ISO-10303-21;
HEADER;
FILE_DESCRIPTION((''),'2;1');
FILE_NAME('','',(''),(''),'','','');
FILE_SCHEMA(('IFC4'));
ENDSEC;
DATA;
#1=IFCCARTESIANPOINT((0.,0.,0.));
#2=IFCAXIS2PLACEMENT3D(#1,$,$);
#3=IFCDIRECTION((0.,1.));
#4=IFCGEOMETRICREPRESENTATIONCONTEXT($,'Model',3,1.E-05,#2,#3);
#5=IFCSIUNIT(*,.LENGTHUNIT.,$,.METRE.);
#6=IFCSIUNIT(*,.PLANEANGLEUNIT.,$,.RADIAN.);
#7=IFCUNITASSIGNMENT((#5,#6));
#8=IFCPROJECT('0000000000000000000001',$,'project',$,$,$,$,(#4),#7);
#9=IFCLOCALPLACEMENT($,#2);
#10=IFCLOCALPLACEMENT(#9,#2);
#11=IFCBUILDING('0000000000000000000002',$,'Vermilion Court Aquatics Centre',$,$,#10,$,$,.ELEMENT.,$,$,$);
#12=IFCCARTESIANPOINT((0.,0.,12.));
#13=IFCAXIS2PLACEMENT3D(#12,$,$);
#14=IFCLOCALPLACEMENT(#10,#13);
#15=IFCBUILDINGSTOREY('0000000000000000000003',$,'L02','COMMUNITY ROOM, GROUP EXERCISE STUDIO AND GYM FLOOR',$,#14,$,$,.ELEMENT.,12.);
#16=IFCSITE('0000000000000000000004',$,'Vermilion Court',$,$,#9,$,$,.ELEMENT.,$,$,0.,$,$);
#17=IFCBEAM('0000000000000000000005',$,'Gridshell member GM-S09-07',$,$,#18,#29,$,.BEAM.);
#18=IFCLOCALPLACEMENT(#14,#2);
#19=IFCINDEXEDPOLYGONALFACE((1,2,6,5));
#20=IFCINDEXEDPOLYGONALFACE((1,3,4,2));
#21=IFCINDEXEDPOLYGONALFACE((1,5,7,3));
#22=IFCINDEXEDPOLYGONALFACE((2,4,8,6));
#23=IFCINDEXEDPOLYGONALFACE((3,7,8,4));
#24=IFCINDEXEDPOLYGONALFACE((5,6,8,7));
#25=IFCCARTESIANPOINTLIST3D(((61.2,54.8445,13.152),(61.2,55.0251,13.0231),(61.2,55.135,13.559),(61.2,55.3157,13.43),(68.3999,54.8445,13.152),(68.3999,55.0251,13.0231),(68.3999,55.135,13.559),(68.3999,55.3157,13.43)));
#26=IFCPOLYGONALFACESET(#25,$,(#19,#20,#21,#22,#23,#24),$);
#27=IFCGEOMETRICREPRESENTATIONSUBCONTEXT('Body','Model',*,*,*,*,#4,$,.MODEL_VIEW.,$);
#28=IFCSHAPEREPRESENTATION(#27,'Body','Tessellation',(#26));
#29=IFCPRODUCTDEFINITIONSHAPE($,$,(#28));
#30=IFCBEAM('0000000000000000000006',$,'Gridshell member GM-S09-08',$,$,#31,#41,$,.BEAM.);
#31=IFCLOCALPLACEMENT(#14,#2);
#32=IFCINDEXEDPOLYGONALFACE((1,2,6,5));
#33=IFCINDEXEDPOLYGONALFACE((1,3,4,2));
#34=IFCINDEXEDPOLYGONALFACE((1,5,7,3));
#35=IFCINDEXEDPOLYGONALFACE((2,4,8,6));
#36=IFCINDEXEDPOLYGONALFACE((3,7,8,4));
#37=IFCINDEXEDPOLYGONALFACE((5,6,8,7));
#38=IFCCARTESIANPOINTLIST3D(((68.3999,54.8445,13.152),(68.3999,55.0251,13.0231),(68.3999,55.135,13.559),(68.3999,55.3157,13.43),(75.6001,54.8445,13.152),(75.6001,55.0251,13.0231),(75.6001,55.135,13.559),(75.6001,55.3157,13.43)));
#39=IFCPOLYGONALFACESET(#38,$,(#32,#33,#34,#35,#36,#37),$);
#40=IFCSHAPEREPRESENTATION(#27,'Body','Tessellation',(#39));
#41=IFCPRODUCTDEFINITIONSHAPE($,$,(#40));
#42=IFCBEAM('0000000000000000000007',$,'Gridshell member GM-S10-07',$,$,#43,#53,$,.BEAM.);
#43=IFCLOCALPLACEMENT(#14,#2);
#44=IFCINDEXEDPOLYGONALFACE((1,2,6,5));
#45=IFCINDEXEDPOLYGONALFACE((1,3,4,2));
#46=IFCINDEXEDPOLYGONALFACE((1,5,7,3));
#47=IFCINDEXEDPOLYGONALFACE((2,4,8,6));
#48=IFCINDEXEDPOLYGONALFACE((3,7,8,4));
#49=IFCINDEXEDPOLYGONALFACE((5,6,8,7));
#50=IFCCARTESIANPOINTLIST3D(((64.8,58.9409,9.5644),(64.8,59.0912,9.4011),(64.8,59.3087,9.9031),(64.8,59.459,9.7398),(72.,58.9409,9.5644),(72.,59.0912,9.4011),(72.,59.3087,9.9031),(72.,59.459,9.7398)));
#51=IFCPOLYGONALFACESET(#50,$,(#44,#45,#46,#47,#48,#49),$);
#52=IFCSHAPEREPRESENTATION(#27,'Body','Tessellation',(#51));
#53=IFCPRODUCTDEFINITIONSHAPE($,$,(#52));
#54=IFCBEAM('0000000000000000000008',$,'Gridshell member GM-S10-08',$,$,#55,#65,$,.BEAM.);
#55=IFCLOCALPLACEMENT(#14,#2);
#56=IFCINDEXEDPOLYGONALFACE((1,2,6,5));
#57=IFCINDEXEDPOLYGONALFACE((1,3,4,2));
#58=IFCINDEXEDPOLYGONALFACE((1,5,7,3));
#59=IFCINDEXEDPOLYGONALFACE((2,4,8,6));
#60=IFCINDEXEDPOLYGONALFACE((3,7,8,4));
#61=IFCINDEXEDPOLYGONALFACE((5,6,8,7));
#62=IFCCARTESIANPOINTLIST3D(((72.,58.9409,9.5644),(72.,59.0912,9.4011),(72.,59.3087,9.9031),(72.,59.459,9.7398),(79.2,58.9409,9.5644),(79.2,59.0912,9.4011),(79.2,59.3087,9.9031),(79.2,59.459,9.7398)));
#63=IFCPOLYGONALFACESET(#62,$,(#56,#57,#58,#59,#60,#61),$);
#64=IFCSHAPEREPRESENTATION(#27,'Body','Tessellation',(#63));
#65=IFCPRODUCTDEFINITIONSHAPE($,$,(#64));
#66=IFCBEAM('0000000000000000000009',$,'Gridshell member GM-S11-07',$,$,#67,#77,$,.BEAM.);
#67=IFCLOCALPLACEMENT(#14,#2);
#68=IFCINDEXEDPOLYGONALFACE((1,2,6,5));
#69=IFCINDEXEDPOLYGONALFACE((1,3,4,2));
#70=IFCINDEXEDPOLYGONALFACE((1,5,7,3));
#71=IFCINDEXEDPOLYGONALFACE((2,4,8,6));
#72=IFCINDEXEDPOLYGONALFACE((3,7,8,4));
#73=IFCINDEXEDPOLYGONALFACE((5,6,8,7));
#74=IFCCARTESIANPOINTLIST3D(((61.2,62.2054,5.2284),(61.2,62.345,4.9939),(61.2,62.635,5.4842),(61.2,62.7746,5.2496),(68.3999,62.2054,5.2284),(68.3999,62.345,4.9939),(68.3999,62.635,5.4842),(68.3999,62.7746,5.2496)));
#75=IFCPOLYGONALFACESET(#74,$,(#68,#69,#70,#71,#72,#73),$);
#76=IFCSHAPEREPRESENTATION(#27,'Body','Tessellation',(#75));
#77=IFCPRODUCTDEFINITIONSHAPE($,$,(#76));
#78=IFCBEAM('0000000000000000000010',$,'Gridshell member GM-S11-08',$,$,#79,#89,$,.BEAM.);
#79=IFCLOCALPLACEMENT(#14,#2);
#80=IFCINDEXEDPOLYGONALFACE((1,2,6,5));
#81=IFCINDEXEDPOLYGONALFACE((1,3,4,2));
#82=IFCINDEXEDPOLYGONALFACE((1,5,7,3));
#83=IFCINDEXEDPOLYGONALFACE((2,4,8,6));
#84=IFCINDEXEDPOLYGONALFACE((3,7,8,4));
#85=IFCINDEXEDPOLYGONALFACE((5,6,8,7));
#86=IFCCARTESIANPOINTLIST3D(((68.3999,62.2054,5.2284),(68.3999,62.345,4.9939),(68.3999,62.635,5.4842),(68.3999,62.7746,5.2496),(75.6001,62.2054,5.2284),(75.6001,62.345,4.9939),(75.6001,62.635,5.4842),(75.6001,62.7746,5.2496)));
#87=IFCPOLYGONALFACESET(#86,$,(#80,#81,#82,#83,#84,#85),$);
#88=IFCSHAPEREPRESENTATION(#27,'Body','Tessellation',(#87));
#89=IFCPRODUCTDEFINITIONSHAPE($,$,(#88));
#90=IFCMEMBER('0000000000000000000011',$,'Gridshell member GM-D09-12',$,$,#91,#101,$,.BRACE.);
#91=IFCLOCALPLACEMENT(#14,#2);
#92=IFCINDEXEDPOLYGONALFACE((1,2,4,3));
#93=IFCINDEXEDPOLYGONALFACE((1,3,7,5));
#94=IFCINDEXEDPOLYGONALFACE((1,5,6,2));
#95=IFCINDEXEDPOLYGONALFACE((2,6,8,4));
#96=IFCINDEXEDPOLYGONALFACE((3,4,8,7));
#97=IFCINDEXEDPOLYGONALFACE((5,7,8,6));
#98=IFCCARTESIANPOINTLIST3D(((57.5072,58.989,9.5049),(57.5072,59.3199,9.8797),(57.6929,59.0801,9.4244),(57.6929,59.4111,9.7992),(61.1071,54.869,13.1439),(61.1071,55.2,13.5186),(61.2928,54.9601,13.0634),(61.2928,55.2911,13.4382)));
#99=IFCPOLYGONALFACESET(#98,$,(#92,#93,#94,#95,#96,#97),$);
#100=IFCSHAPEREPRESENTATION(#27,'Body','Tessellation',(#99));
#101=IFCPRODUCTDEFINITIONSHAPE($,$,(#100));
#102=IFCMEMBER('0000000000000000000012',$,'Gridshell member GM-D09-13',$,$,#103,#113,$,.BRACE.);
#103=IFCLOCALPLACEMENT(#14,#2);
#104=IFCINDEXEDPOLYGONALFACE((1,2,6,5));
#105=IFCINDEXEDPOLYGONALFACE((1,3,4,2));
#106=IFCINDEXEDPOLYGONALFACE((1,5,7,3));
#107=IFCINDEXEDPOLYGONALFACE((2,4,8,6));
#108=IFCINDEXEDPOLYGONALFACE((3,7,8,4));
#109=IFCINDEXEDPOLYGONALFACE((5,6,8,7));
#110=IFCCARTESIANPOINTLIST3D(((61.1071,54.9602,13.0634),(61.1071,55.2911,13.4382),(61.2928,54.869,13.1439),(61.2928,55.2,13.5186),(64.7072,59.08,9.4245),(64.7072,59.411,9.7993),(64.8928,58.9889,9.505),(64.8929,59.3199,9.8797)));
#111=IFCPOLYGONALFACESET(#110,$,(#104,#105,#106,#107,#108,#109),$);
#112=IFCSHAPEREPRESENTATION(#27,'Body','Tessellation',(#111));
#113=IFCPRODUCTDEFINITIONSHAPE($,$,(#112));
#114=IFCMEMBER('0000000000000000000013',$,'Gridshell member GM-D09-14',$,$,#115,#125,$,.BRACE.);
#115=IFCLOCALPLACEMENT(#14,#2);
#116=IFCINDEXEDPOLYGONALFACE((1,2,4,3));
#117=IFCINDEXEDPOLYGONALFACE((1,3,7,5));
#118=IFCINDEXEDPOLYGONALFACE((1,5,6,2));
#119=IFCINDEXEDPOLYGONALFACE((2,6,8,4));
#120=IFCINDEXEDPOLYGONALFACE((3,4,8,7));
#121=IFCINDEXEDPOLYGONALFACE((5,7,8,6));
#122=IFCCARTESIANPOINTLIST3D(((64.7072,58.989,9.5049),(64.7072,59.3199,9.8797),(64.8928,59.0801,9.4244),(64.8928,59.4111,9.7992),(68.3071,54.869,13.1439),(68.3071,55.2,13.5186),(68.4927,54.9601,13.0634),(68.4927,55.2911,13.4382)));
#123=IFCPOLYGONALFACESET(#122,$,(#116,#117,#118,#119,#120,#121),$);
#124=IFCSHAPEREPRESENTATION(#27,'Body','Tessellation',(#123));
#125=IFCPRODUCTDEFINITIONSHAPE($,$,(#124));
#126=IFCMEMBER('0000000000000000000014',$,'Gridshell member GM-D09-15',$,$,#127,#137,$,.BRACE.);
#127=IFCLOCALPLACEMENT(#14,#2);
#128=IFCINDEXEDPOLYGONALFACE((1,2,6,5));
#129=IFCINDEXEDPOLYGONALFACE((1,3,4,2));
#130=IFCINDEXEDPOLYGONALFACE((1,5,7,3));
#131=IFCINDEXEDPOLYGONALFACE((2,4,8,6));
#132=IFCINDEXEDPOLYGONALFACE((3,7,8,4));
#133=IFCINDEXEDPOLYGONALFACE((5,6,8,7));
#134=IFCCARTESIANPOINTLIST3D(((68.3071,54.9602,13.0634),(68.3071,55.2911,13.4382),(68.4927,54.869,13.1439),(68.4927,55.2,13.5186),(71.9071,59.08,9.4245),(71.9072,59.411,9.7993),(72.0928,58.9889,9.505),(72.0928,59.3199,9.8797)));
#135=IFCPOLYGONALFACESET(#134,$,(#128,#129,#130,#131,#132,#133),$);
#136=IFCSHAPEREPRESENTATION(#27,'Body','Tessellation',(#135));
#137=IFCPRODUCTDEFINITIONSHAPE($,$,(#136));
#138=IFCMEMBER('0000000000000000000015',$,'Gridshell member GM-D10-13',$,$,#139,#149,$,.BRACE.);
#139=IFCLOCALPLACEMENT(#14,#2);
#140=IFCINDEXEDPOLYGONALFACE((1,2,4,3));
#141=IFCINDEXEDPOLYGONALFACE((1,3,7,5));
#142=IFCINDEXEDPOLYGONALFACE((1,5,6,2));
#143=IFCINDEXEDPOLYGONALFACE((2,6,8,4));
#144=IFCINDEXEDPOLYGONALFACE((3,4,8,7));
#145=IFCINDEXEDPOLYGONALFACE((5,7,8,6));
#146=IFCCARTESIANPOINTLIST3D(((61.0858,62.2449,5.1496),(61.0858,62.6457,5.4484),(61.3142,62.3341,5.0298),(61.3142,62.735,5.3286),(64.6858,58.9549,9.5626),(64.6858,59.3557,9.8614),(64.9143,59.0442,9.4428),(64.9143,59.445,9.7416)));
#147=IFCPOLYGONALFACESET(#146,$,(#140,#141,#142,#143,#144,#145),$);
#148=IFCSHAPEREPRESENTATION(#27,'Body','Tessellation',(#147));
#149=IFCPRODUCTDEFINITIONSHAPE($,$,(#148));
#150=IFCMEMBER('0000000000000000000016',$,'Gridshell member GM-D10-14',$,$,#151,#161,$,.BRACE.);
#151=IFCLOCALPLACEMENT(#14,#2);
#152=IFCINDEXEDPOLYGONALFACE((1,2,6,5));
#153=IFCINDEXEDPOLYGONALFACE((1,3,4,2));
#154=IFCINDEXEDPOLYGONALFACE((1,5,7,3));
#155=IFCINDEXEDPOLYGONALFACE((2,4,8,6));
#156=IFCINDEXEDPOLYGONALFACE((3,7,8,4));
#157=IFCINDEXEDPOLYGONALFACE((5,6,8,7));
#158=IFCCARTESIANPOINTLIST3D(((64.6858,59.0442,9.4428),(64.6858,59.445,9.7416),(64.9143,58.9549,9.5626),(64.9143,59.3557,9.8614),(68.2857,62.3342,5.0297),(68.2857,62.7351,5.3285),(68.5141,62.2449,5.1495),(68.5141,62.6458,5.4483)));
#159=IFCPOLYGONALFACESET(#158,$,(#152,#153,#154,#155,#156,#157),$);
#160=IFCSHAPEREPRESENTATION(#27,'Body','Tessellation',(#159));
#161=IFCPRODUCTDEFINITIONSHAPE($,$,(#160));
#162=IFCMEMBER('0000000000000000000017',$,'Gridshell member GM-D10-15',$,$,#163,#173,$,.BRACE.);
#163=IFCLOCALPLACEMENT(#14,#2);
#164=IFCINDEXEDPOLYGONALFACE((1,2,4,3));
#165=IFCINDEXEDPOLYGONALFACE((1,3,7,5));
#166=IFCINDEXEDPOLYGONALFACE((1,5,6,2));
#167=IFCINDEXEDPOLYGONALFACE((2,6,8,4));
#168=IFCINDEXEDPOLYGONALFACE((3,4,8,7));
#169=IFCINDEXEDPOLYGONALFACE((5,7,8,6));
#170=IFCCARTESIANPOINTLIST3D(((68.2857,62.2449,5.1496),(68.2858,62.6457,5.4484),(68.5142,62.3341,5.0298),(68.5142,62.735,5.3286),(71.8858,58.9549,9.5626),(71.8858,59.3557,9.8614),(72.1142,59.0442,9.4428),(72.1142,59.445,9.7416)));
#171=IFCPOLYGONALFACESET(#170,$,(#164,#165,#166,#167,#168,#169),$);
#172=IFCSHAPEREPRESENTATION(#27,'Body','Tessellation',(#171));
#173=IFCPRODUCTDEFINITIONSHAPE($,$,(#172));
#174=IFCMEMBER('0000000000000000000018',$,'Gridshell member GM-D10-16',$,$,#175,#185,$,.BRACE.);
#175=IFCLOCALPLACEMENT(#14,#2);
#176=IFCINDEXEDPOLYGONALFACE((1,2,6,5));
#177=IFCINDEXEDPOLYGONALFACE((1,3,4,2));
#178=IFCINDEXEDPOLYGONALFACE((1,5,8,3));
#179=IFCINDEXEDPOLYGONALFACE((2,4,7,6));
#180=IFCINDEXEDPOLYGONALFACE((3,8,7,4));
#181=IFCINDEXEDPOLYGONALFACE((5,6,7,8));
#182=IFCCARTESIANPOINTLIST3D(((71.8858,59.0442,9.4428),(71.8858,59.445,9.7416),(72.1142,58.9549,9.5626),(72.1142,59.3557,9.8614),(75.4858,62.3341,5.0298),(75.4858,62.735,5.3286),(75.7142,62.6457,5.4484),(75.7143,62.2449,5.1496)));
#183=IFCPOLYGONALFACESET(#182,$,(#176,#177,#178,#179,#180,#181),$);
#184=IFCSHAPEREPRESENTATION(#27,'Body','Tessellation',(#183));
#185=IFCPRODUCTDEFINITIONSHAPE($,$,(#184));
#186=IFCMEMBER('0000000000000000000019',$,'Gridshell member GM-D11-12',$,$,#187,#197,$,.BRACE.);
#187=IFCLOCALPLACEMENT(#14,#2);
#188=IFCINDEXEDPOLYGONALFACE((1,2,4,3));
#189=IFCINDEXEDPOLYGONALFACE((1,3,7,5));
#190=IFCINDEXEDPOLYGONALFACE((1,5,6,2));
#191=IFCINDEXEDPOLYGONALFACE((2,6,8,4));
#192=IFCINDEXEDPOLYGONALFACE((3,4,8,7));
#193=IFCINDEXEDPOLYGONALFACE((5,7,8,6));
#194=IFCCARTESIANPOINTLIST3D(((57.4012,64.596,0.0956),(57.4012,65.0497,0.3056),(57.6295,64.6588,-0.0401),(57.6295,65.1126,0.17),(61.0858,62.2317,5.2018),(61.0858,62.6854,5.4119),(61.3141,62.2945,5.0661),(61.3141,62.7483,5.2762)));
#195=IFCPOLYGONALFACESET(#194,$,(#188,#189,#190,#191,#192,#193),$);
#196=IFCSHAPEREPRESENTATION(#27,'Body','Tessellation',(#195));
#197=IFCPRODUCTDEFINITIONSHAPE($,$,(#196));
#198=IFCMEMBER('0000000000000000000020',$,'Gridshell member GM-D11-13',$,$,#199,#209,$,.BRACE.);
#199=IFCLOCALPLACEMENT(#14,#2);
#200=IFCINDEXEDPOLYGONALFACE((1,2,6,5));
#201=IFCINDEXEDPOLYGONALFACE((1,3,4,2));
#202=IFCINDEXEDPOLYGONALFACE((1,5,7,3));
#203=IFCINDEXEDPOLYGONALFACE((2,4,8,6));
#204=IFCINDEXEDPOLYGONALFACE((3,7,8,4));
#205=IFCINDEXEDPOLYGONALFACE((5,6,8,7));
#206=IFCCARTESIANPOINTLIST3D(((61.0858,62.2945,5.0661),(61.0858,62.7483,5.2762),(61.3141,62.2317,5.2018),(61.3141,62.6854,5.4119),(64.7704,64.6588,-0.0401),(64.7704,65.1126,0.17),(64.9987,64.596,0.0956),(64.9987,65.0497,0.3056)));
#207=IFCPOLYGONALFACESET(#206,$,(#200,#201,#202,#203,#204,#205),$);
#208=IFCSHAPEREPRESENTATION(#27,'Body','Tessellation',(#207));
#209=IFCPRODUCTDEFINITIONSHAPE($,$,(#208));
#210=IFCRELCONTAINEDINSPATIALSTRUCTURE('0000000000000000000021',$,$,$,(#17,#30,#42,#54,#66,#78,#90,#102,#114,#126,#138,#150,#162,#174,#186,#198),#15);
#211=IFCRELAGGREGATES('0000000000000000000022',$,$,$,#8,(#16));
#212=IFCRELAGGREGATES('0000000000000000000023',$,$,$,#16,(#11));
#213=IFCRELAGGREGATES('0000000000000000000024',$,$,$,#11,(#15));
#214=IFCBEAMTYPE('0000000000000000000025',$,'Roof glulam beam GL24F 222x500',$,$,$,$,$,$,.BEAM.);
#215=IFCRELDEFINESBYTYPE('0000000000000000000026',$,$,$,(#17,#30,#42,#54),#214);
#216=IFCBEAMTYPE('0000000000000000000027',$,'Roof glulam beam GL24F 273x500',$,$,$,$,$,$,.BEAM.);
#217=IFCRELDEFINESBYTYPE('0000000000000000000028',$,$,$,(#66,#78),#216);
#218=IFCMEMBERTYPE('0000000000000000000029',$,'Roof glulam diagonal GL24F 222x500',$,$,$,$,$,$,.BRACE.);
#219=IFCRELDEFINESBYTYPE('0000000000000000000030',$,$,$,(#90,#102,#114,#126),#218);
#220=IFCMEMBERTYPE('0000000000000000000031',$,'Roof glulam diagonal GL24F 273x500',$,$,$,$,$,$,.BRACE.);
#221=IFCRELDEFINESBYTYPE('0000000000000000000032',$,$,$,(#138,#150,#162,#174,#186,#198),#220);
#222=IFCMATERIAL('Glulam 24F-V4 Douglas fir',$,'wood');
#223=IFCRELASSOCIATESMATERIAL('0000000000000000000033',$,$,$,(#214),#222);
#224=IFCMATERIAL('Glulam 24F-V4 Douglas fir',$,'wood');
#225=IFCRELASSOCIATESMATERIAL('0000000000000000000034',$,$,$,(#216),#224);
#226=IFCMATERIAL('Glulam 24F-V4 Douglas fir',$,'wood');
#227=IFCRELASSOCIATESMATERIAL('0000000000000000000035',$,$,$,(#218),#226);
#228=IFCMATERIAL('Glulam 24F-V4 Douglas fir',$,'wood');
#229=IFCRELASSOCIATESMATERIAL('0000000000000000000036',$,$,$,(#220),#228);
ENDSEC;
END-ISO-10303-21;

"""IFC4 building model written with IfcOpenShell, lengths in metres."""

from ifc_helpers import new_model, si_unit, direction, frame, origin, origin_2d, place, context, subcontext, project, spatial, rectangle, extrude, material, material_profile, profile_set, type_object, element, save


model = new_model("IFC4")

# Units and contexts
model_context = context("Model", 3, precision=1e-05, world=origin(), true_north=direction((0.0, 1.0)))
body_context = subcontext(model_context, "Body", "Model", "MODEL_VIEW")
ifc_project = project(units=[si_unit("LENGTHUNIT", "METRE"), si_unit("PLANEANGLEUNIT", "RADIAN")], contexts=[model_context])

# Site, building, storey
site_placement = place(None, origin())
site = spatial("IfcSite", under=ifc_project, at=site_placement, Name="Vermilion Court", CompositionType="ELEMENT", RefElevation=0.0)
building_placement = place(site_placement, origin())
building = spatial("IfcBuilding", under=site, at=building_placement, Name="Vermilion Court Aquatics Centre", CompositionType="ELEMENT")
storey_placement = place(building_placement, frame((0.0, 0.0, 12.0)))
storey = spatial("IfcBuildingStorey", under=building, at=storey_placement, Name="L02", Description="COMMUNITY ROOM, GROUP EXERCISE STUDIO AND GYM FLOOR", CompositionType="ELEMENT", Elevation=12.0)

# Beams
ifc_material_1 = material(Name="Glulam 24F-V4 Douglas fir", Category="wood")
ifc_material_profile_1 = material_profile(ifc_material_1, rectangle(XDim=0.2219, YDim=0.5, at=origin_2d()), Name="GL24F 222x500")
ifc_profile_set_1 = profile_set([ifc_material_profile_1], Name="Glulam 24F-V4 Douglas fir")
beam_type_1 = type_object("IfcBeamType", Name="Roof glulam beam GL24F 222x500", PredefinedType="BEAM", material=ifc_profile_set_1)
beam_1_placement = place(storey_placement, frame((61.2, 55.0801, 13.291), z_axis=(1.0, 0.0, 0.0), x_axis=(0.0, 0.813848, -0.581078)))
element("IfcBeam", 1, at=beam_1_placement, inside=storey, type_object=beam_type_1, Name="Gridshell member GM-S09-07", PredefinedType="BEAM", context=body_context, shape_type="SweptSolid", body=[
    extrude(rectangle(XDim=0.2219, YDim=0.5, at=origin_2d()), origin(), (0.0, 0.0, 1.0), 7.2),
])
beam_2_placement = place(storey_placement, frame((68.3999, 55.0801, 13.291), z_axis=(1.0, 0.0, 0.0), x_axis=(0.0, 0.813848, -0.581078)))
element("IfcBeam", 2, at=beam_2_placement, inside=storey, type_object=beam_type_1, Name="Gridshell member GM-S09-08", PredefinedType="BEAM", context=body_context, shape_type="SweptSolid", body=[
    extrude(rectangle(XDim=0.2219, YDim=0.5, at=origin_2d()), origin(), (0.0, 0.0, 1.0), 7.2002),
])
for number, where, z_axis, x_axis, name in (
    (3, (64.8, 59.2, 9.6521), (1.0, 0.0, 0.0), (0.0, 0.67726, -0.735744), "Gridshell member GM-S10-07"),
    (4, (72.0, 59.2, 9.6521), (1.0, 0.0, 0.0), (0.0, 0.67726, -0.735744), "Gridshell member GM-S10-08"),
):
    element("IfcBeam", number, at=place(storey_placement, frame(where, z_axis=z_axis, x_axis=x_axis)), inside=storey, type_object=beam_type_1, Name=name, PredefinedType="BEAM", context=body_context, shape_type="SweptSolid", body=[
        extrude(rectangle(XDim=0.2219, YDim=0.5, at=origin_2d()), origin(), (0.0, 0.0, 1.0), 7.2),
    ])
ifc_material_2 = material(Name="Glulam 24F-V4 Douglas fir", Category="wood")
ifc_material_profile_2 = material_profile(ifc_material_2, rectangle(XDim=0.2729, YDim=0.5, at=origin_2d()), Name="GL24F 273x500")
ifc_profile_set_2 = profile_set([ifc_material_profile_2], Name="Glulam 24F-V4 Douglas fir")
beam_type_2 = type_object("IfcBeamType", Name="Roof glulam beam GL24F 273x500", PredefinedType="BEAM", material=ifc_profile_set_2)
beam_3_placement = place(storey_placement, frame((61.2, 62.49, 5.239), z_axis=(1.0, 0.0, 0.0), x_axis=(0.0, 0.511595, -0.859227)))
element("IfcBeam", 5, at=beam_3_placement, inside=storey, type_object=beam_type_2, Name="Gridshell member GM-S11-07", PredefinedType="BEAM", context=body_context, shape_type="SweptSolid", body=[
    extrude(rectangle(XDim=0.2729, YDim=0.5, at=origin_2d()), origin(), (0.0, 0.0, 1.0), 7.2),
])
beam_4_placement = place(storey_placement, frame((68.3999, 62.49, 5.239), z_axis=(1.0, 0.0, 0.0), x_axis=(0.0, 0.511595, -0.859227)))
element("IfcBeam", 6, at=beam_4_placement, inside=storey, type_object=beam_type_2, Name="Gridshell member GM-S11-08", PredefinedType="BEAM", context=body_context, shape_type="SweptSolid", body=[
    extrude(rectangle(XDim=0.2729, YDim=0.5, at=origin_2d()), origin(), (0.0, 0.0, 1.0), 7.2002),
])

# Members
ifc_material_3 = material(Name="Glulam 24F-V4 Douglas fir", Category="wood")
ifc_material_profile_3 = material_profile(ifc_material_3, rectangle(XDim=0.2219, YDim=0.5, at=origin_2d()), Name="GL24F 222x500")
ifc_profile_set_3 = profile_set([ifc_material_profile_3], Name="Glulam 24F-V4 Douglas fir")
member_type_1 = type_object("IfcMemberType", Name="Roof glulam diagonal GL24F 222x500", PredefinedType="BRACE", material=ifc_profile_set_3)
for number, where, z_axis, x_axis, name in (
    (7, (61.2, 55.0801, 13.291), (-0.547865, 0.627007, -0.55381), (-0.836567, -0.410653, 0.362657), "Gridshell member GM-D09-12"),
    (8, (61.2, 55.0801, 13.291), (0.547891, 0.626995, -0.553799), (-0.83655, 0.410685, -0.362661), "Gridshell member GM-D09-13"),
    (9, (68.3999, 55.0801, 13.291), (-0.547865, 0.627007, -0.55381), (-0.836567, -0.410653, 0.362657), "Gridshell member GM-D09-14"),
    (10, (68.3999, 55.0801, 13.291), (0.547891, 0.626995, -0.553799), (-0.83655, 0.410685, -0.362661), "Gridshell member GM-D09-15"),
):
    element("IfcMember", number, at=place(storey_placement, frame(where, z_axis=z_axis, x_axis=x_axis)), inside=storey, type_object=member_type_1, Name=name, PredefinedType="BRACE", context=body_context, shape_type="SweptSolid", body=[
        extrude(rectangle(XDim=0.2219, YDim=0.5, at=origin_2d()), origin(), (0.0, 0.0, 1.0), 6.5708),
    ])
ifc_material_4 = material(Name="Glulam 24F-V4 Douglas fir", Category="wood")
ifc_material_profile_4 = material_profile(ifc_material_4, rectangle(XDim=0.2729, YDim=0.5, at=origin_2d()), Name="GL24F 273x500")
ifc_profile_set_4 = profile_set([ifc_material_profile_4], Name="Glulam 24F-V4 Douglas fir")
member_type_2 = type_object("IfcMemberType", Name="Roof glulam diagonal GL24F 273x500", PredefinedType="BRACE", material=ifc_profile_set_4)
for number, where, z_axis, x_axis, name in (
    (11, (64.8, 59.2, 9.6521), (-0.547355, 0.500214, -0.670961), (-0.836901, -0.327117, 0.438853), "Gridshell member GM-D10-13"),
    (12, (64.8, 59.2, 9.6521), (0.547329, 0.500224, -0.670974), (-0.836918, 0.327083, -0.438846), "Gridshell member GM-D10-14"),
    (13, (72.0, 59.2, 9.6521), (-0.547355, 0.500214, -0.670961), (-0.836901, -0.327117, 0.438853), "Gridshell member GM-D10-15"),
    (14, (72.0, 59.2, 9.6521), (0.547355, 0.500214, -0.670961), (-0.836901, 0.327117, -0.438853), "Gridshell member GM-D10-16"),
):
    element("IfcMember", number, at=place(storey_placement, frame(where, z_axis=z_axis, x_axis=x_axis)), inside=storey, type_object=member_type_2, Name=name, PredefinedType="BRACE", context=body_context, shape_type="SweptSolid", body=[
        extrude(rectangle(XDim=0.2729, YDim=0.5, at=origin_2d()), origin(), (0.0, 0.0, 1.0), 6.5771),
    ])
for number, where, z_axis, x_axis, name in (
    (15, (61.2, 62.49, 5.239), (-0.54781, 0.35151, -0.759174), (-0.836603, -0.230193, 0.497099), "Gridshell member GM-D11-12"),
    (16, (61.2, 62.49, 5.239), (0.54781, 0.35151, -0.759174), (-0.836603, 0.230193, -0.497099), "Gridshell member GM-D11-13"),
):
    element("IfcMember", number, at=place(storey_placement, frame(where, z_axis=z_axis, x_axis=x_axis)), inside=storey, type_object=member_type_2, Name=name, PredefinedType="BRACE", context=body_context, shape_type="SweptSolid", body=[
        extrude(rectangle(XDim=0.2729, YDim=0.5, at=origin_2d()), origin(), (0.0, 0.0, 1.0), 6.7261),
    ])

save(model, "model.ifc")
